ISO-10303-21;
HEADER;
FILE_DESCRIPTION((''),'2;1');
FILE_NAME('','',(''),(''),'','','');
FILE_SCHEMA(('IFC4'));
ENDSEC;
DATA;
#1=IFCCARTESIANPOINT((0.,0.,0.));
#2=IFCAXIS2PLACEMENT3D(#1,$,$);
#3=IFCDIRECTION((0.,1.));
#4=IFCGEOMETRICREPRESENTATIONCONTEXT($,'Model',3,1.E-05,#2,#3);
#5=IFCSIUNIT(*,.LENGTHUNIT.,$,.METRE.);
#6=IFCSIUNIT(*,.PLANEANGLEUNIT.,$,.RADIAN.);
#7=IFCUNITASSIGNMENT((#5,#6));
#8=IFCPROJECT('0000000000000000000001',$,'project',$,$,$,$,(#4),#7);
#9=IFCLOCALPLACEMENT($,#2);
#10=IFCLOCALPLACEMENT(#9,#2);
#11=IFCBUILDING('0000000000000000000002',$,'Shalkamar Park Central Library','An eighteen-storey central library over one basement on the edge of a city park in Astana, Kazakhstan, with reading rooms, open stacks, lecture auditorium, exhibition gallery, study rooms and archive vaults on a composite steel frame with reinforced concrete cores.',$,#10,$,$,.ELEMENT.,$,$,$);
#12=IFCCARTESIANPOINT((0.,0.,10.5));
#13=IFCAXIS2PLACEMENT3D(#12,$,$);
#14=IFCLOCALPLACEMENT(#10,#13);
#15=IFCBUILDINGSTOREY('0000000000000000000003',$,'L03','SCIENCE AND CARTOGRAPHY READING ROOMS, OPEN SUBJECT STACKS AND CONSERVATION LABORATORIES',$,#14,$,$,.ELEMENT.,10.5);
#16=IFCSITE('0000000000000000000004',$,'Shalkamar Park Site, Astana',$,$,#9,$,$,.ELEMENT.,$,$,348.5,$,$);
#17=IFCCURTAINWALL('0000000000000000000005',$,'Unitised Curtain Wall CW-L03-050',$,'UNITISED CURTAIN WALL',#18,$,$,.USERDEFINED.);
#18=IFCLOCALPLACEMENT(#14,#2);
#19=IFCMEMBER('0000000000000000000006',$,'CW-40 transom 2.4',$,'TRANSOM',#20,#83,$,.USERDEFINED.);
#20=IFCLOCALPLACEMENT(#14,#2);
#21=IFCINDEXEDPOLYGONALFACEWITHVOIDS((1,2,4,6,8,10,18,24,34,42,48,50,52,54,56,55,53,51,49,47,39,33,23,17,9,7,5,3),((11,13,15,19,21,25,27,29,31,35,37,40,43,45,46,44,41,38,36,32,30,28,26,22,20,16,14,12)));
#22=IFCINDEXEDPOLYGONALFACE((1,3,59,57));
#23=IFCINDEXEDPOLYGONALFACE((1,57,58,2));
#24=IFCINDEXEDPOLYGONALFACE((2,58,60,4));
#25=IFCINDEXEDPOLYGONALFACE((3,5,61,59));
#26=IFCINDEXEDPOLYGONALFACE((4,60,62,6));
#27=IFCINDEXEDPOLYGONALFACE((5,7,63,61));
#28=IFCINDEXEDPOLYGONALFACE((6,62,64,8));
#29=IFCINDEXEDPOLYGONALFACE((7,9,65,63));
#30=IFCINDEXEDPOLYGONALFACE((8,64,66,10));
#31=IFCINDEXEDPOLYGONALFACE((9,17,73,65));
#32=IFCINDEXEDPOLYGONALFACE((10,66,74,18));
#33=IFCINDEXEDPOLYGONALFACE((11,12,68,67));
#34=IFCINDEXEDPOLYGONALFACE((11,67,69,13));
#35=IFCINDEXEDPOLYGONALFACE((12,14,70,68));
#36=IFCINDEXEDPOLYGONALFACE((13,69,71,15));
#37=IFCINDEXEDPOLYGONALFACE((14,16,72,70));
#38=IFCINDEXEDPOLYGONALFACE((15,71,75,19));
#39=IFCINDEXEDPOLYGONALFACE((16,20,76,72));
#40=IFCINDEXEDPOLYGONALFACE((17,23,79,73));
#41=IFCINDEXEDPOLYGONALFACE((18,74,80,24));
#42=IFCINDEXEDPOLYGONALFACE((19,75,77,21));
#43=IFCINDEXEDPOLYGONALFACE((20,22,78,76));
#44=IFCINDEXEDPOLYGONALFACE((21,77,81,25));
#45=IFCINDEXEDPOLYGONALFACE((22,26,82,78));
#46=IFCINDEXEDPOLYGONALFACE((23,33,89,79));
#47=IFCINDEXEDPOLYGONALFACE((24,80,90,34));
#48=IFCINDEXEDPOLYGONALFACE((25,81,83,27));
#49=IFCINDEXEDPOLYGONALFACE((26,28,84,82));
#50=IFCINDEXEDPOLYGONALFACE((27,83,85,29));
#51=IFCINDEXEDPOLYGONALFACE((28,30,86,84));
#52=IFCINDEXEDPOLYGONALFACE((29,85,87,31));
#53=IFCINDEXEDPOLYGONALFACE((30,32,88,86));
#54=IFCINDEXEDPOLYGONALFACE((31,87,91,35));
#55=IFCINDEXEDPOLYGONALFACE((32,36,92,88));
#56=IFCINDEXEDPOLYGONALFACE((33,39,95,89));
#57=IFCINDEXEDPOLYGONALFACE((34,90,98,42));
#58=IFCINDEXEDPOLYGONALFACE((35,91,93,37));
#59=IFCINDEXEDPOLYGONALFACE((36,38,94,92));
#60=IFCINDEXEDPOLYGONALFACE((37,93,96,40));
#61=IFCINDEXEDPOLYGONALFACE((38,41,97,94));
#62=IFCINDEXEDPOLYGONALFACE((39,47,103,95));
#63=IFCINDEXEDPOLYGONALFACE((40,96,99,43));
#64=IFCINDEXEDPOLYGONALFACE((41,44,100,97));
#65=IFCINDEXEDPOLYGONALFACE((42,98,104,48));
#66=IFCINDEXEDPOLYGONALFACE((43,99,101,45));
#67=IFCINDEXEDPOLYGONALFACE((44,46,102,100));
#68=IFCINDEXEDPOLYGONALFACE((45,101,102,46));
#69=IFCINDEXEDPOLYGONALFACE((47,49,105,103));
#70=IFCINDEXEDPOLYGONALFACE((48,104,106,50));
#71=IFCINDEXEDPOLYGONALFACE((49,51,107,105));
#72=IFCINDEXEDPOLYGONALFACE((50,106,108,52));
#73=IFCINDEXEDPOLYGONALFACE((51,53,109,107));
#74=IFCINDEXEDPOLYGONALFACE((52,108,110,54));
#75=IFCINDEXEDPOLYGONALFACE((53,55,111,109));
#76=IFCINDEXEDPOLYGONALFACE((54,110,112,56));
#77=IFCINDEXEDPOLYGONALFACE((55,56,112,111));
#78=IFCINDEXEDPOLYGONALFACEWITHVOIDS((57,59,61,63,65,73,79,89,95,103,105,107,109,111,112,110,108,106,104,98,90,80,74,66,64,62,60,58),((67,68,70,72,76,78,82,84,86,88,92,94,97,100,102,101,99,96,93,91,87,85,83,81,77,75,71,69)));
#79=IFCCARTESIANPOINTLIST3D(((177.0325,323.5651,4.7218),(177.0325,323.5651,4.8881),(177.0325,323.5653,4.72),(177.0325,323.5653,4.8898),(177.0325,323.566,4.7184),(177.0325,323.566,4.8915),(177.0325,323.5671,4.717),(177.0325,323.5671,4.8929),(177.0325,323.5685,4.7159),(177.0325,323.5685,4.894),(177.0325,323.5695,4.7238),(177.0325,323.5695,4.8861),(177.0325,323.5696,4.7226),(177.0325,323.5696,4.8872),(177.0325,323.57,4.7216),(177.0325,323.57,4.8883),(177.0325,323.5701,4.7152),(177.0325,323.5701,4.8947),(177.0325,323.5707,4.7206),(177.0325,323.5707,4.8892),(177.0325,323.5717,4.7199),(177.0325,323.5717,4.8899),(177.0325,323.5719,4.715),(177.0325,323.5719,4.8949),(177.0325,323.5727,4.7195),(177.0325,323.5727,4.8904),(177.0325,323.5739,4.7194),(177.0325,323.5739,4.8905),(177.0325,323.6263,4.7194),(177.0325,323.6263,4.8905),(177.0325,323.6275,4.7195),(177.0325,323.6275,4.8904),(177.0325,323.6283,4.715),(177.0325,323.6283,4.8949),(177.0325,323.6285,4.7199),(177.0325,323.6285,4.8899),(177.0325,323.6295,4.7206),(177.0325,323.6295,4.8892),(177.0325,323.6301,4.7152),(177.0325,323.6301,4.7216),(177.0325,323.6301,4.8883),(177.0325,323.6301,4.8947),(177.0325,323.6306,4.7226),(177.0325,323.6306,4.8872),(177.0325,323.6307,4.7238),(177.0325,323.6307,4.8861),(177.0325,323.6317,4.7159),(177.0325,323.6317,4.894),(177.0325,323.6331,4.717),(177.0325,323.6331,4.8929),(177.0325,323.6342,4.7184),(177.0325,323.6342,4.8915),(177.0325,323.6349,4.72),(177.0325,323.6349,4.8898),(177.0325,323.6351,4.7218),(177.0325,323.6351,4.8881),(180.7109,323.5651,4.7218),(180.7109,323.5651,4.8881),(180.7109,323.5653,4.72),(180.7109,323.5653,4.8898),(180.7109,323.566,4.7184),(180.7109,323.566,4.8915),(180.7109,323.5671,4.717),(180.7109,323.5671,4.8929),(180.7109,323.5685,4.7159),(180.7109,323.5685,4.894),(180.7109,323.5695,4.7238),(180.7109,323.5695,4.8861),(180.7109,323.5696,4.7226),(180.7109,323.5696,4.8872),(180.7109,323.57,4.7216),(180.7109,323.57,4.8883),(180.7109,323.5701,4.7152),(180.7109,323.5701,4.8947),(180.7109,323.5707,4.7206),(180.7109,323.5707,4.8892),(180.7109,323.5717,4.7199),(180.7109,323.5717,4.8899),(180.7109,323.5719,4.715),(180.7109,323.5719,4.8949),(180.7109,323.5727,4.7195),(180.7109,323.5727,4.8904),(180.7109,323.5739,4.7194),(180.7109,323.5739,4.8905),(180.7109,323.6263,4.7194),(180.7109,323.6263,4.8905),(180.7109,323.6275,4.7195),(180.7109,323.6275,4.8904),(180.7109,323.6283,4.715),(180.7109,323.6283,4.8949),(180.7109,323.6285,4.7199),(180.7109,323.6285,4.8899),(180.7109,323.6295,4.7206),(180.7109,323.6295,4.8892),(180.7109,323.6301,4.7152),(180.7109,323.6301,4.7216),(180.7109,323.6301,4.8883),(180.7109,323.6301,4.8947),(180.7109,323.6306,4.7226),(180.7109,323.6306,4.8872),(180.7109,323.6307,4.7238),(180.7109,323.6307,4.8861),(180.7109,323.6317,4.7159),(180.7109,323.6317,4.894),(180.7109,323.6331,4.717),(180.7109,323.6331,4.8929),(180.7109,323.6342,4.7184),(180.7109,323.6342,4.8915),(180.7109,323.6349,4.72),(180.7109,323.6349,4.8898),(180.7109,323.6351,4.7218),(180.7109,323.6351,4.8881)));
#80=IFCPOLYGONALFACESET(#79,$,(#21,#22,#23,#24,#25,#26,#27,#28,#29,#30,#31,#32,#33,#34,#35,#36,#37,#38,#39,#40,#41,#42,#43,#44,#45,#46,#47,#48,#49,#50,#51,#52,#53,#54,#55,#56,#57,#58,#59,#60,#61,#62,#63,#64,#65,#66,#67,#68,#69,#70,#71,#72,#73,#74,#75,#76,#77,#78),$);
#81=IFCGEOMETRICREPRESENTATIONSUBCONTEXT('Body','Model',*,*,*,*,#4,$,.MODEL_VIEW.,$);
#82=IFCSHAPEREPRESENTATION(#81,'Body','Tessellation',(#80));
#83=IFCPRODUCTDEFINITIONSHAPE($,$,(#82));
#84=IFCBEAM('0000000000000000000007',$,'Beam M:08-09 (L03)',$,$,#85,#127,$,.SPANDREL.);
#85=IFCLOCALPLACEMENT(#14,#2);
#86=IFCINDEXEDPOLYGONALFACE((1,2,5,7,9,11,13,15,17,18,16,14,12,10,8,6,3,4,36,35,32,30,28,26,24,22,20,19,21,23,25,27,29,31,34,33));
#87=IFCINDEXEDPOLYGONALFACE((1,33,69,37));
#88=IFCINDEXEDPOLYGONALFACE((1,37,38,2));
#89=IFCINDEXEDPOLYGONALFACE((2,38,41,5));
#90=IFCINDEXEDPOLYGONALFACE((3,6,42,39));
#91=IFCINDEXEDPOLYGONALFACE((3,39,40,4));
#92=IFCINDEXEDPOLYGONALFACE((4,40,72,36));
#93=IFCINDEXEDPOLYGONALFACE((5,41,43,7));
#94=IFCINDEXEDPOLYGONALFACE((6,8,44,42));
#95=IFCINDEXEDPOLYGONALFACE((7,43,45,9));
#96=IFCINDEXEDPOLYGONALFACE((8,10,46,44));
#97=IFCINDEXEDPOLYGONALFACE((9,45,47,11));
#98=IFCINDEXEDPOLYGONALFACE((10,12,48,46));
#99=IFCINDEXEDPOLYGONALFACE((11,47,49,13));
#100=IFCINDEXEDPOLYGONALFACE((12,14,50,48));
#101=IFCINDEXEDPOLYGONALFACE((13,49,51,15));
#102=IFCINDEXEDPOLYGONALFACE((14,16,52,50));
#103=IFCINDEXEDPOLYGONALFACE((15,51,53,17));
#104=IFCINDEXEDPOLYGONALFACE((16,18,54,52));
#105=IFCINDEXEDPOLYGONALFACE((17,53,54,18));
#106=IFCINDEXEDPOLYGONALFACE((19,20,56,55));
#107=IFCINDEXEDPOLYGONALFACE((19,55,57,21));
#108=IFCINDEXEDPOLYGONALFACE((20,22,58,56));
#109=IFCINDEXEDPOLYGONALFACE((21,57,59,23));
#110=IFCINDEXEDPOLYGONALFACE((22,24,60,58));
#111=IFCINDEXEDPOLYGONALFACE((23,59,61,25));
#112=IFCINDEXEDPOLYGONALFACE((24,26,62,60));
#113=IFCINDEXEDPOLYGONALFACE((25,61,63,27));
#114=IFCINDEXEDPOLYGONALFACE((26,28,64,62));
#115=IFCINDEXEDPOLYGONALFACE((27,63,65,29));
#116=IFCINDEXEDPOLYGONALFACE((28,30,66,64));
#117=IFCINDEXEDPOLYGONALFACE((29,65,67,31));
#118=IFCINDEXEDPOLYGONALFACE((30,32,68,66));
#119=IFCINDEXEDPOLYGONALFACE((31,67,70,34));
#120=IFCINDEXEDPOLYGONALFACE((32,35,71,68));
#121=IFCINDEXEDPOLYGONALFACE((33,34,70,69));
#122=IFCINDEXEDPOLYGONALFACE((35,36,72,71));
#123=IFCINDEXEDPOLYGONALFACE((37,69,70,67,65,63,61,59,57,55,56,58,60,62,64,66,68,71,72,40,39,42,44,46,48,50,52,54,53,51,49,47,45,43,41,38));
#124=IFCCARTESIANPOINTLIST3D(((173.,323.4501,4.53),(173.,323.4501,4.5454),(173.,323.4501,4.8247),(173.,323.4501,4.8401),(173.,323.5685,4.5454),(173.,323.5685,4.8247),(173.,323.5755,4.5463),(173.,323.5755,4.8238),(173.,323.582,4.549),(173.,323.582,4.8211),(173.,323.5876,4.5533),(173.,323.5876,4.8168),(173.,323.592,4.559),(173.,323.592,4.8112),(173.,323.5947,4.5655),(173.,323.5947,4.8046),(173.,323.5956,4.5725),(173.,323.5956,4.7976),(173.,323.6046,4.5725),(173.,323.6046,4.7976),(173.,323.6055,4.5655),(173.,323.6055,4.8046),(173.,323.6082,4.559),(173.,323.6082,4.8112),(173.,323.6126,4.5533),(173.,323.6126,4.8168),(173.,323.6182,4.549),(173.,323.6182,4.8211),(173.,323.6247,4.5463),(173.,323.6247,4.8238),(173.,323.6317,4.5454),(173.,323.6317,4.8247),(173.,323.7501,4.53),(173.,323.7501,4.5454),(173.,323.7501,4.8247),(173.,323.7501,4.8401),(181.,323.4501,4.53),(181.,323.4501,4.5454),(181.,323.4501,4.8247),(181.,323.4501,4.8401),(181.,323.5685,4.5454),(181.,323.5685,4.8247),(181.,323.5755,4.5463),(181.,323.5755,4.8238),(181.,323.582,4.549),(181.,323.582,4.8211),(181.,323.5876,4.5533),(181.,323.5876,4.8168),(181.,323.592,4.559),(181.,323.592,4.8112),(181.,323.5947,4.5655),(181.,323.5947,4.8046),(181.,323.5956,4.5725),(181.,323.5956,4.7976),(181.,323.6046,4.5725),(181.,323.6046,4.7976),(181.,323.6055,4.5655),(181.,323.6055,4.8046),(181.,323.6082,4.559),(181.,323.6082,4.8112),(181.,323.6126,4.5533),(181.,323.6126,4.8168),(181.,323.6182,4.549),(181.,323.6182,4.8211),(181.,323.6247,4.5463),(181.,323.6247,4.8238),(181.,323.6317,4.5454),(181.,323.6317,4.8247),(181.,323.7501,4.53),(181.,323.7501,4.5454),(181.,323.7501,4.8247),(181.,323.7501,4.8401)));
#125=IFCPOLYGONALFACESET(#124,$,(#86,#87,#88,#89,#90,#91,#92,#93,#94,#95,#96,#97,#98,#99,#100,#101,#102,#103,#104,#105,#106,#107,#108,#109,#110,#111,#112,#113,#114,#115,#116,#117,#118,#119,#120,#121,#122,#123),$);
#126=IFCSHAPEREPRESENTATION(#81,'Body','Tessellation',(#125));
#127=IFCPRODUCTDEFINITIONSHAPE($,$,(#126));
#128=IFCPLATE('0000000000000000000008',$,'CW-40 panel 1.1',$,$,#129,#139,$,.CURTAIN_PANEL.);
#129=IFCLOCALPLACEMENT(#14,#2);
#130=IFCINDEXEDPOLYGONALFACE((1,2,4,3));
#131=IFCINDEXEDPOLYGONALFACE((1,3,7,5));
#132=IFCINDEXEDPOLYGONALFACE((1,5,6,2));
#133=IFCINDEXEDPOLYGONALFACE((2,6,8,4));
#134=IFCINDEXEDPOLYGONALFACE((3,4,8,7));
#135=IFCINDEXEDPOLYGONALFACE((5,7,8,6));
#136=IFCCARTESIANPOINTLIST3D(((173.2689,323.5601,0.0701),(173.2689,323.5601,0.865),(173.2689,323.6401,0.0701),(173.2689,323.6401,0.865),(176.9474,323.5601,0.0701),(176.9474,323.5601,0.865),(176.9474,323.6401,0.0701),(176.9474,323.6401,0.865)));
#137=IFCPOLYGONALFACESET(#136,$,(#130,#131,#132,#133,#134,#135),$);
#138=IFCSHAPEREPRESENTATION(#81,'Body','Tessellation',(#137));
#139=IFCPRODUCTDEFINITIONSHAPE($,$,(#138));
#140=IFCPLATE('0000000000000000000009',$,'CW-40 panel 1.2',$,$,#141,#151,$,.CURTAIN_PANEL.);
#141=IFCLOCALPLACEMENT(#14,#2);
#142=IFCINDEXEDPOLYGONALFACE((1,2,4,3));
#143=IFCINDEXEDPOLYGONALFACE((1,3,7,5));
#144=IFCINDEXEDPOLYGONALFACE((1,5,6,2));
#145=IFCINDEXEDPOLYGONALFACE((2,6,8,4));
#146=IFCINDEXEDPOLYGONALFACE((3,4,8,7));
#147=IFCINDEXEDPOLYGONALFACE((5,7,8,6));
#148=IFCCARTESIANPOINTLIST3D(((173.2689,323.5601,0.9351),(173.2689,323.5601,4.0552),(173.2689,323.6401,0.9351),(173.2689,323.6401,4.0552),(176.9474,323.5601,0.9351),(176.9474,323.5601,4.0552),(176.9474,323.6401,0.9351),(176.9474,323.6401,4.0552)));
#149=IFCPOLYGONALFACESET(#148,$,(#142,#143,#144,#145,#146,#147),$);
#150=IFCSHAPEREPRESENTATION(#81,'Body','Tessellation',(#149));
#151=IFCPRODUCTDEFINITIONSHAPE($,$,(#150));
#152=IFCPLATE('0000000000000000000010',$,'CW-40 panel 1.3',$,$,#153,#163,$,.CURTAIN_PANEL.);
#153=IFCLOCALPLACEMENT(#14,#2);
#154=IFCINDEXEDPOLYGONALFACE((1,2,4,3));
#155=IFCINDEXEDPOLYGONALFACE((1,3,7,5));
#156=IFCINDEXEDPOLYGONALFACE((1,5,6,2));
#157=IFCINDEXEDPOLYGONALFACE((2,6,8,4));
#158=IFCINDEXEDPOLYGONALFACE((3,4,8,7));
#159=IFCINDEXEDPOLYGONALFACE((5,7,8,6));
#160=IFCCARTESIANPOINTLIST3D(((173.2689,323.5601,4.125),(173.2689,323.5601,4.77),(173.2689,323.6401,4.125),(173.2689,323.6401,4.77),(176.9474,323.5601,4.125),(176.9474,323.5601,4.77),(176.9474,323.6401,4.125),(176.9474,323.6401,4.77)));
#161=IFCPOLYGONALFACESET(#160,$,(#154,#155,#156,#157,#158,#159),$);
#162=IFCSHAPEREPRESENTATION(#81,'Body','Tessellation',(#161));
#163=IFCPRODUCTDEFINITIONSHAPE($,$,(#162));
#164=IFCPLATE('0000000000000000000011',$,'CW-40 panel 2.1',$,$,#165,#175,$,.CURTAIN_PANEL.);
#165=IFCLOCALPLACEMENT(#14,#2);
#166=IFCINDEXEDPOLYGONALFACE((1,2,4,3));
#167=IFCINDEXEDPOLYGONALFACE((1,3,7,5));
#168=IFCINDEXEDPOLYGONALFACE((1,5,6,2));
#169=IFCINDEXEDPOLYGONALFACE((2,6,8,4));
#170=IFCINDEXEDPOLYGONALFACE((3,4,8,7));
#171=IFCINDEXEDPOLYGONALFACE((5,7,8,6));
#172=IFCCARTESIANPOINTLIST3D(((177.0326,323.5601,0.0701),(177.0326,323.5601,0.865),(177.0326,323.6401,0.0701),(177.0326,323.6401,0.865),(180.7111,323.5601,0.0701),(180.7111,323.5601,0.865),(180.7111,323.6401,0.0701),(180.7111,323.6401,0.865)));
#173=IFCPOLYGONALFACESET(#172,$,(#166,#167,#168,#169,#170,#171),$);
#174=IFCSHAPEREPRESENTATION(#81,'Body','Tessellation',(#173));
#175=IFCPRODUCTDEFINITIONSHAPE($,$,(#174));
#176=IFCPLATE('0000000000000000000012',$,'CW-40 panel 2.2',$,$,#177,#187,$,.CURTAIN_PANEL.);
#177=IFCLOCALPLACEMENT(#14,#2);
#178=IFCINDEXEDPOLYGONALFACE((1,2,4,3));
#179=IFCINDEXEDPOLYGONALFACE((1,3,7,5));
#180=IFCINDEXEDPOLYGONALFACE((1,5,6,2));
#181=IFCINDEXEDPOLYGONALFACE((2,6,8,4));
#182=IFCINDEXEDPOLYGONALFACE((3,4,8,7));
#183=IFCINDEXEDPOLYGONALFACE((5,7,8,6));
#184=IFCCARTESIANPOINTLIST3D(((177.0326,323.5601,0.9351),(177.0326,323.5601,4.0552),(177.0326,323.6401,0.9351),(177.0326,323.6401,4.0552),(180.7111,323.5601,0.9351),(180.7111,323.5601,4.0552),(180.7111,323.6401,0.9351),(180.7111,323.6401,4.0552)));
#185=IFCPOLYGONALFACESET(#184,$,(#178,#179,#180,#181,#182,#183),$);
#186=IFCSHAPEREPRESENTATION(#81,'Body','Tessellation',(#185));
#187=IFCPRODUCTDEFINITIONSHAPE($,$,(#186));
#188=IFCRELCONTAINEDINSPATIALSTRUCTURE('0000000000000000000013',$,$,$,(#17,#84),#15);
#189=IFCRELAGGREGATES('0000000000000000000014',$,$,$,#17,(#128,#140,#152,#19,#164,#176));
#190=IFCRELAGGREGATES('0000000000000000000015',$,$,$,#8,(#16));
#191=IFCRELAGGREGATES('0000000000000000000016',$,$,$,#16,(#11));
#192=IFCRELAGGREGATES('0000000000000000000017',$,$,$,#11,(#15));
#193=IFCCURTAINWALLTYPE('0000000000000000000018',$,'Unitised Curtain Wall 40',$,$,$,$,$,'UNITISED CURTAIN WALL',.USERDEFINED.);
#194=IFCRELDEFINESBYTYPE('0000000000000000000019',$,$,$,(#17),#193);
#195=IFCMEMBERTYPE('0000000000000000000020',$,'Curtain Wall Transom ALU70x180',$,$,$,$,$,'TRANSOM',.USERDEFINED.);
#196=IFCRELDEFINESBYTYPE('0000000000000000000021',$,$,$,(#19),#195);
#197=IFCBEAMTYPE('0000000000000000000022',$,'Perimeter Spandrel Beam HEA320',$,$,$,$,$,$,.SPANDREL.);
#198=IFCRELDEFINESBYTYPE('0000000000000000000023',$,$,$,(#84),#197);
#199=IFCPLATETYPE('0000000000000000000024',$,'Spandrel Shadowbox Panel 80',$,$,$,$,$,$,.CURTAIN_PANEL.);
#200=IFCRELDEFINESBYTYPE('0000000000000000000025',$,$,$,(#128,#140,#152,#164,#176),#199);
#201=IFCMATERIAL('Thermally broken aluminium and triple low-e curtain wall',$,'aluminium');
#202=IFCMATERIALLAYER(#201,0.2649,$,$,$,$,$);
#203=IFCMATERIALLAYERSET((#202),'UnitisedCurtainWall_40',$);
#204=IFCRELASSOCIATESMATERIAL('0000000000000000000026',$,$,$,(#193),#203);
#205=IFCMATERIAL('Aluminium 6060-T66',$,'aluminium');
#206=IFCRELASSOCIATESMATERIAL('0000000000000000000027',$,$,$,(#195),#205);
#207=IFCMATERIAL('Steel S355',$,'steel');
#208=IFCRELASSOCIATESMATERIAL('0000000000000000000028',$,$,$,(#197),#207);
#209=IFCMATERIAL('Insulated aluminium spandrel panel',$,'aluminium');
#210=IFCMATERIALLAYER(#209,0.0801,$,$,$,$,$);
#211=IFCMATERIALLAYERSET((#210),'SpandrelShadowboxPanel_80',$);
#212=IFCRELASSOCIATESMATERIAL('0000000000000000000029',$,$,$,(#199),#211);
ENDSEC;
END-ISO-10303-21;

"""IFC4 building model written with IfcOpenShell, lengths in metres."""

from ifc_helpers import new_model, si_unit, direction, frame, origin, origin_2d, place, context, subcontext, project, spatial, rectangle, hollow_rectangle, i_section, extrude, material, layer, layer_set, material_profile, profile_set, type_object, element, aggregate, save


model = new_model("IFC4")

# Units and contexts
model_context = context("Model", 3, precision=1e-05, world=origin(), true_north=direction((0.0, 1.0)))
body_context = subcontext(model_context, "Body", "Model", "MODEL_VIEW")
ifc_project = project(units=[si_unit("LENGTHUNIT", "METRE"), si_unit("PLANEANGLEUNIT", "RADIAN")], contexts=[model_context])

# Site, building, storey
site_placement = place(None, origin())
site = spatial("IfcSite", under=ifc_project, at=site_placement, Name="Shalkamar Park Site, Astana", CompositionType="ELEMENT", RefElevation=348.5)
building_placement = place(site_placement, origin())
building = spatial("IfcBuilding", under=site, at=building_placement, Name="Shalkamar Park Central Library", Description="An eighteen-storey central library over one basement on the edge of a city park in Astana, Kazakhstan, with reading rooms, open stacks, lecture auditorium, exhibition gallery, study rooms and archive vaults on a composite steel frame with reinforced concrete cores.", CompositionType="ELEMENT")
storey_placement = place(building_placement, frame((0.0, 0.0, 10.5)))
storey = spatial("IfcBuildingStorey", under=building, at=storey_placement, Name="L03", Description="SCIENCE AND CARTOGRAPHY READING ROOMS, OPEN SUBJECT STACKS AND CONSERVATION LABORATORIES", CompositionType="ELEMENT", Elevation=10.5)

# Shared definitions
ifc_material_1 = material(Name="Steel S355", Category="steel")

# Shared definitions
ifc_material_2 = material(Name="Thermally broken aluminium and triple low-e curtain wall", Category="aluminium")
ifc_material_3 = material(Name="Aluminium 6060-T66", Category="aluminium")

# Curtain wall, member
ifc_layer_1 = layer(ifc_material_2, 0.2649)
ifc_layer_set_1 = layer_set([ifc_layer_1], Name="UnitisedCurtainWall_40")
curtain_wall_type_1 = type_object("IfcCurtainWallType", Name="Unitised Curtain Wall 40", ElementType="UNITISED CURTAIN WALL", PredefinedType="USERDEFINED", material=ifc_layer_set_1)
curtain_wall_1_placement = place(storey_placement, origin())
curtain_wall_1 = element("IfcCurtainWall", 1, at=curtain_wall_1_placement, inside=storey, type_object=curtain_wall_type_1, Name="Unitised Curtain Wall CW-L03-050", ObjectType="UNITISED CURTAIN WALL", PredefinedType="USERDEFINED")
ifc_material_profile_1 = material_profile(ifc_material_3, hollow_rectangle(XDim=0.0701, YDim=0.1799, WallThickness=0.0044, InnerFilletRadius=0.0044, OuterFilletRadius=0.0068, at=origin_2d()), Name="ALU 70x180x4.5")
ifc_profile_set_1 = profile_set([ifc_material_profile_1], Name="Aluminium 6060-T66")
member_type_1 = type_object("IfcMemberType", Name="Curtain Wall Transom ALU70x180", ElementType="TRANSOM", PredefinedType="USERDEFINED", material=ifc_profile_set_1)
member_1_placement = place(storey_placement, frame((177.0325, 323.6001, 4.8049), z_axis=(1.0, 0.0, 0.0), x_axis=(0.0, 1.0, 0.0)))
member_1 = element("IfcMember", 2, at=member_1_placement, type_object=member_type_1, Name="CW-40 transom 2.4", ObjectType="TRANSOM", PredefinedType="USERDEFINED", context=body_context, shape_type="SweptSolid", body=[
    extrude(hollow_rectangle(XDim=0.0701, YDim=0.1799, WallThickness=0.0044, InnerFilletRadius=0.0044, OuterFilletRadius=0.0068, at=origin_2d()), origin(), (0.0, 0.0, 1.0), 3.6785),
])

# Beam
ifc_material_profile_2 = material_profile(ifc_material_1, i_section(OverallWidth=0.3, OverallDepth=0.3101, WebThickness=0.009, FlangeThickness=0.0154, FilletRadius=0.0271, at=origin_2d()), Name="HEA 320")
ifc_profile_set_2 = profile_set([ifc_material_profile_2], Name="Steel S355")
beam_type_1 = type_object("IfcBeamType", Name="Perimeter Spandrel Beam HEA320", PredefinedType="SPANDREL", material=ifc_profile_set_2)
beam_1_placement = place(storey_placement, frame((173.0, 323.6001, 4.6851), z_axis=(1.0, 0.0, 0.0), x_axis=(0.0, 1.0, 0.0)))
element("IfcBeam", 3, at=beam_1_placement, inside=storey, type_object=beam_type_1, Name="Beam M:08-09 (L03)", PredefinedType="SPANDREL", context=body_context, shape_type="SweptSolid", body=[
    extrude(i_section(OverallWidth=0.3, OverallDepth=0.3101, WebThickness=0.009, FlangeThickness=0.0154, FilletRadius=0.0271, at=origin_2d()), origin(), (0.0, 0.0, 1.0), 8.0),
])

# Plates
ifc_material_4 = material(Name="Insulated aluminium spandrel panel", Category="aluminium")
ifc_layer_2 = layer(ifc_material_4, 0.0801)
ifc_layer_set_2 = layer_set([ifc_layer_2], Name="SpandrelShadowboxPanel_80")
plate_type_1 = type_object("IfcPlateType", Name="Spandrel Shadowbox Panel 80", PredefinedType="CURTAIN_PANEL", material=ifc_layer_set_2)
plate_1_placement = place(storey_placement, frame((175.1082, 323.6001, 0.0701), z_axis=(0.0, 0.0, 1.0), x_axis=(1.0, 0.0, 0.0)))
plate_1 = element("IfcPlate", 4, at=plate_1_placement, type_object=plate_type_1, Name="CW-40 panel 1.1", PredefinedType="CURTAIN_PANEL", context=body_context, shape_type="SweptSolid", body=[
    extrude(rectangle(XDim=3.6785, YDim=0.0801, at=origin_2d()), origin(), (0.0, 0.0, 1.0), 0.7949),
])
plate_2_placement = place(storey_placement, frame((175.1082, 323.6001, 0.9351), z_axis=(0.0, 0.0, 1.0), x_axis=(1.0, 0.0, 0.0)))
plate_2 = element("IfcPlate", 5, at=plate_2_placement, type_object=plate_type_1, Name="CW-40 panel 1.2", PredefinedType="CURTAIN_PANEL", context=body_context, shape_type="SweptSolid", body=[
    extrude(rectangle(XDim=3.6785, YDim=0.0801, at=origin_2d()), origin(), (0.0, 0.0, 1.0), 3.1201),
])
plate_3_placement = place(storey_placement, frame((175.1082, 323.6001, 4.125), z_axis=(0.0, 0.0, 1.0), x_axis=(1.0, 0.0, 0.0)))
plate_3 = element("IfcPlate", 6, at=plate_3_placement, type_object=plate_type_1, Name="CW-40 panel 1.3", PredefinedType="CURTAIN_PANEL", context=body_context, shape_type="SweptSolid", body=[
    extrude(rectangle(XDim=3.6785, YDim=0.0801, at=origin_2d()), origin(), (0.0, 0.0, 1.0), 0.645),
])
plate_4_placement = place(storey_placement, frame((178.8718, 323.6001, 0.0701), z_axis=(0.0, 0.0, 1.0), x_axis=(1.0, 0.0, 0.0)))
plate_4 = element("IfcPlate", 7, at=plate_4_placement, type_object=plate_type_1, Name="CW-40 panel 2.1", PredefinedType="CURTAIN_PANEL", context=body_context, shape_type="SweptSolid", body=[
    extrude(rectangle(XDim=3.6785, YDim=0.0801, at=origin_2d()), origin(), (0.0, 0.0, 1.0), 0.7949),
])
plate_5_placement = place(storey_placement, frame((178.8718, 323.6001, 0.9351), z_axis=(0.0, 0.0, 1.0), x_axis=(1.0, 0.0, 0.0)))
plate_5 = element("IfcPlate", 8, at=plate_5_placement, type_object=plate_type_1, Name="CW-40 panel 2.2", PredefinedType="CURTAIN_PANEL", context=body_context, shape_type="SweptSolid", body=[
    extrude(rectangle(XDim=3.6785, YDim=0.0801, at=origin_2d()), origin(), (0.0, 0.0, 1.0), 3.1201),
])
aggregate(curtain_wall_1, [plate_1, plate_2, plate_3, member_1, plate_4, plate_5])

save(model, "model.ifc")
